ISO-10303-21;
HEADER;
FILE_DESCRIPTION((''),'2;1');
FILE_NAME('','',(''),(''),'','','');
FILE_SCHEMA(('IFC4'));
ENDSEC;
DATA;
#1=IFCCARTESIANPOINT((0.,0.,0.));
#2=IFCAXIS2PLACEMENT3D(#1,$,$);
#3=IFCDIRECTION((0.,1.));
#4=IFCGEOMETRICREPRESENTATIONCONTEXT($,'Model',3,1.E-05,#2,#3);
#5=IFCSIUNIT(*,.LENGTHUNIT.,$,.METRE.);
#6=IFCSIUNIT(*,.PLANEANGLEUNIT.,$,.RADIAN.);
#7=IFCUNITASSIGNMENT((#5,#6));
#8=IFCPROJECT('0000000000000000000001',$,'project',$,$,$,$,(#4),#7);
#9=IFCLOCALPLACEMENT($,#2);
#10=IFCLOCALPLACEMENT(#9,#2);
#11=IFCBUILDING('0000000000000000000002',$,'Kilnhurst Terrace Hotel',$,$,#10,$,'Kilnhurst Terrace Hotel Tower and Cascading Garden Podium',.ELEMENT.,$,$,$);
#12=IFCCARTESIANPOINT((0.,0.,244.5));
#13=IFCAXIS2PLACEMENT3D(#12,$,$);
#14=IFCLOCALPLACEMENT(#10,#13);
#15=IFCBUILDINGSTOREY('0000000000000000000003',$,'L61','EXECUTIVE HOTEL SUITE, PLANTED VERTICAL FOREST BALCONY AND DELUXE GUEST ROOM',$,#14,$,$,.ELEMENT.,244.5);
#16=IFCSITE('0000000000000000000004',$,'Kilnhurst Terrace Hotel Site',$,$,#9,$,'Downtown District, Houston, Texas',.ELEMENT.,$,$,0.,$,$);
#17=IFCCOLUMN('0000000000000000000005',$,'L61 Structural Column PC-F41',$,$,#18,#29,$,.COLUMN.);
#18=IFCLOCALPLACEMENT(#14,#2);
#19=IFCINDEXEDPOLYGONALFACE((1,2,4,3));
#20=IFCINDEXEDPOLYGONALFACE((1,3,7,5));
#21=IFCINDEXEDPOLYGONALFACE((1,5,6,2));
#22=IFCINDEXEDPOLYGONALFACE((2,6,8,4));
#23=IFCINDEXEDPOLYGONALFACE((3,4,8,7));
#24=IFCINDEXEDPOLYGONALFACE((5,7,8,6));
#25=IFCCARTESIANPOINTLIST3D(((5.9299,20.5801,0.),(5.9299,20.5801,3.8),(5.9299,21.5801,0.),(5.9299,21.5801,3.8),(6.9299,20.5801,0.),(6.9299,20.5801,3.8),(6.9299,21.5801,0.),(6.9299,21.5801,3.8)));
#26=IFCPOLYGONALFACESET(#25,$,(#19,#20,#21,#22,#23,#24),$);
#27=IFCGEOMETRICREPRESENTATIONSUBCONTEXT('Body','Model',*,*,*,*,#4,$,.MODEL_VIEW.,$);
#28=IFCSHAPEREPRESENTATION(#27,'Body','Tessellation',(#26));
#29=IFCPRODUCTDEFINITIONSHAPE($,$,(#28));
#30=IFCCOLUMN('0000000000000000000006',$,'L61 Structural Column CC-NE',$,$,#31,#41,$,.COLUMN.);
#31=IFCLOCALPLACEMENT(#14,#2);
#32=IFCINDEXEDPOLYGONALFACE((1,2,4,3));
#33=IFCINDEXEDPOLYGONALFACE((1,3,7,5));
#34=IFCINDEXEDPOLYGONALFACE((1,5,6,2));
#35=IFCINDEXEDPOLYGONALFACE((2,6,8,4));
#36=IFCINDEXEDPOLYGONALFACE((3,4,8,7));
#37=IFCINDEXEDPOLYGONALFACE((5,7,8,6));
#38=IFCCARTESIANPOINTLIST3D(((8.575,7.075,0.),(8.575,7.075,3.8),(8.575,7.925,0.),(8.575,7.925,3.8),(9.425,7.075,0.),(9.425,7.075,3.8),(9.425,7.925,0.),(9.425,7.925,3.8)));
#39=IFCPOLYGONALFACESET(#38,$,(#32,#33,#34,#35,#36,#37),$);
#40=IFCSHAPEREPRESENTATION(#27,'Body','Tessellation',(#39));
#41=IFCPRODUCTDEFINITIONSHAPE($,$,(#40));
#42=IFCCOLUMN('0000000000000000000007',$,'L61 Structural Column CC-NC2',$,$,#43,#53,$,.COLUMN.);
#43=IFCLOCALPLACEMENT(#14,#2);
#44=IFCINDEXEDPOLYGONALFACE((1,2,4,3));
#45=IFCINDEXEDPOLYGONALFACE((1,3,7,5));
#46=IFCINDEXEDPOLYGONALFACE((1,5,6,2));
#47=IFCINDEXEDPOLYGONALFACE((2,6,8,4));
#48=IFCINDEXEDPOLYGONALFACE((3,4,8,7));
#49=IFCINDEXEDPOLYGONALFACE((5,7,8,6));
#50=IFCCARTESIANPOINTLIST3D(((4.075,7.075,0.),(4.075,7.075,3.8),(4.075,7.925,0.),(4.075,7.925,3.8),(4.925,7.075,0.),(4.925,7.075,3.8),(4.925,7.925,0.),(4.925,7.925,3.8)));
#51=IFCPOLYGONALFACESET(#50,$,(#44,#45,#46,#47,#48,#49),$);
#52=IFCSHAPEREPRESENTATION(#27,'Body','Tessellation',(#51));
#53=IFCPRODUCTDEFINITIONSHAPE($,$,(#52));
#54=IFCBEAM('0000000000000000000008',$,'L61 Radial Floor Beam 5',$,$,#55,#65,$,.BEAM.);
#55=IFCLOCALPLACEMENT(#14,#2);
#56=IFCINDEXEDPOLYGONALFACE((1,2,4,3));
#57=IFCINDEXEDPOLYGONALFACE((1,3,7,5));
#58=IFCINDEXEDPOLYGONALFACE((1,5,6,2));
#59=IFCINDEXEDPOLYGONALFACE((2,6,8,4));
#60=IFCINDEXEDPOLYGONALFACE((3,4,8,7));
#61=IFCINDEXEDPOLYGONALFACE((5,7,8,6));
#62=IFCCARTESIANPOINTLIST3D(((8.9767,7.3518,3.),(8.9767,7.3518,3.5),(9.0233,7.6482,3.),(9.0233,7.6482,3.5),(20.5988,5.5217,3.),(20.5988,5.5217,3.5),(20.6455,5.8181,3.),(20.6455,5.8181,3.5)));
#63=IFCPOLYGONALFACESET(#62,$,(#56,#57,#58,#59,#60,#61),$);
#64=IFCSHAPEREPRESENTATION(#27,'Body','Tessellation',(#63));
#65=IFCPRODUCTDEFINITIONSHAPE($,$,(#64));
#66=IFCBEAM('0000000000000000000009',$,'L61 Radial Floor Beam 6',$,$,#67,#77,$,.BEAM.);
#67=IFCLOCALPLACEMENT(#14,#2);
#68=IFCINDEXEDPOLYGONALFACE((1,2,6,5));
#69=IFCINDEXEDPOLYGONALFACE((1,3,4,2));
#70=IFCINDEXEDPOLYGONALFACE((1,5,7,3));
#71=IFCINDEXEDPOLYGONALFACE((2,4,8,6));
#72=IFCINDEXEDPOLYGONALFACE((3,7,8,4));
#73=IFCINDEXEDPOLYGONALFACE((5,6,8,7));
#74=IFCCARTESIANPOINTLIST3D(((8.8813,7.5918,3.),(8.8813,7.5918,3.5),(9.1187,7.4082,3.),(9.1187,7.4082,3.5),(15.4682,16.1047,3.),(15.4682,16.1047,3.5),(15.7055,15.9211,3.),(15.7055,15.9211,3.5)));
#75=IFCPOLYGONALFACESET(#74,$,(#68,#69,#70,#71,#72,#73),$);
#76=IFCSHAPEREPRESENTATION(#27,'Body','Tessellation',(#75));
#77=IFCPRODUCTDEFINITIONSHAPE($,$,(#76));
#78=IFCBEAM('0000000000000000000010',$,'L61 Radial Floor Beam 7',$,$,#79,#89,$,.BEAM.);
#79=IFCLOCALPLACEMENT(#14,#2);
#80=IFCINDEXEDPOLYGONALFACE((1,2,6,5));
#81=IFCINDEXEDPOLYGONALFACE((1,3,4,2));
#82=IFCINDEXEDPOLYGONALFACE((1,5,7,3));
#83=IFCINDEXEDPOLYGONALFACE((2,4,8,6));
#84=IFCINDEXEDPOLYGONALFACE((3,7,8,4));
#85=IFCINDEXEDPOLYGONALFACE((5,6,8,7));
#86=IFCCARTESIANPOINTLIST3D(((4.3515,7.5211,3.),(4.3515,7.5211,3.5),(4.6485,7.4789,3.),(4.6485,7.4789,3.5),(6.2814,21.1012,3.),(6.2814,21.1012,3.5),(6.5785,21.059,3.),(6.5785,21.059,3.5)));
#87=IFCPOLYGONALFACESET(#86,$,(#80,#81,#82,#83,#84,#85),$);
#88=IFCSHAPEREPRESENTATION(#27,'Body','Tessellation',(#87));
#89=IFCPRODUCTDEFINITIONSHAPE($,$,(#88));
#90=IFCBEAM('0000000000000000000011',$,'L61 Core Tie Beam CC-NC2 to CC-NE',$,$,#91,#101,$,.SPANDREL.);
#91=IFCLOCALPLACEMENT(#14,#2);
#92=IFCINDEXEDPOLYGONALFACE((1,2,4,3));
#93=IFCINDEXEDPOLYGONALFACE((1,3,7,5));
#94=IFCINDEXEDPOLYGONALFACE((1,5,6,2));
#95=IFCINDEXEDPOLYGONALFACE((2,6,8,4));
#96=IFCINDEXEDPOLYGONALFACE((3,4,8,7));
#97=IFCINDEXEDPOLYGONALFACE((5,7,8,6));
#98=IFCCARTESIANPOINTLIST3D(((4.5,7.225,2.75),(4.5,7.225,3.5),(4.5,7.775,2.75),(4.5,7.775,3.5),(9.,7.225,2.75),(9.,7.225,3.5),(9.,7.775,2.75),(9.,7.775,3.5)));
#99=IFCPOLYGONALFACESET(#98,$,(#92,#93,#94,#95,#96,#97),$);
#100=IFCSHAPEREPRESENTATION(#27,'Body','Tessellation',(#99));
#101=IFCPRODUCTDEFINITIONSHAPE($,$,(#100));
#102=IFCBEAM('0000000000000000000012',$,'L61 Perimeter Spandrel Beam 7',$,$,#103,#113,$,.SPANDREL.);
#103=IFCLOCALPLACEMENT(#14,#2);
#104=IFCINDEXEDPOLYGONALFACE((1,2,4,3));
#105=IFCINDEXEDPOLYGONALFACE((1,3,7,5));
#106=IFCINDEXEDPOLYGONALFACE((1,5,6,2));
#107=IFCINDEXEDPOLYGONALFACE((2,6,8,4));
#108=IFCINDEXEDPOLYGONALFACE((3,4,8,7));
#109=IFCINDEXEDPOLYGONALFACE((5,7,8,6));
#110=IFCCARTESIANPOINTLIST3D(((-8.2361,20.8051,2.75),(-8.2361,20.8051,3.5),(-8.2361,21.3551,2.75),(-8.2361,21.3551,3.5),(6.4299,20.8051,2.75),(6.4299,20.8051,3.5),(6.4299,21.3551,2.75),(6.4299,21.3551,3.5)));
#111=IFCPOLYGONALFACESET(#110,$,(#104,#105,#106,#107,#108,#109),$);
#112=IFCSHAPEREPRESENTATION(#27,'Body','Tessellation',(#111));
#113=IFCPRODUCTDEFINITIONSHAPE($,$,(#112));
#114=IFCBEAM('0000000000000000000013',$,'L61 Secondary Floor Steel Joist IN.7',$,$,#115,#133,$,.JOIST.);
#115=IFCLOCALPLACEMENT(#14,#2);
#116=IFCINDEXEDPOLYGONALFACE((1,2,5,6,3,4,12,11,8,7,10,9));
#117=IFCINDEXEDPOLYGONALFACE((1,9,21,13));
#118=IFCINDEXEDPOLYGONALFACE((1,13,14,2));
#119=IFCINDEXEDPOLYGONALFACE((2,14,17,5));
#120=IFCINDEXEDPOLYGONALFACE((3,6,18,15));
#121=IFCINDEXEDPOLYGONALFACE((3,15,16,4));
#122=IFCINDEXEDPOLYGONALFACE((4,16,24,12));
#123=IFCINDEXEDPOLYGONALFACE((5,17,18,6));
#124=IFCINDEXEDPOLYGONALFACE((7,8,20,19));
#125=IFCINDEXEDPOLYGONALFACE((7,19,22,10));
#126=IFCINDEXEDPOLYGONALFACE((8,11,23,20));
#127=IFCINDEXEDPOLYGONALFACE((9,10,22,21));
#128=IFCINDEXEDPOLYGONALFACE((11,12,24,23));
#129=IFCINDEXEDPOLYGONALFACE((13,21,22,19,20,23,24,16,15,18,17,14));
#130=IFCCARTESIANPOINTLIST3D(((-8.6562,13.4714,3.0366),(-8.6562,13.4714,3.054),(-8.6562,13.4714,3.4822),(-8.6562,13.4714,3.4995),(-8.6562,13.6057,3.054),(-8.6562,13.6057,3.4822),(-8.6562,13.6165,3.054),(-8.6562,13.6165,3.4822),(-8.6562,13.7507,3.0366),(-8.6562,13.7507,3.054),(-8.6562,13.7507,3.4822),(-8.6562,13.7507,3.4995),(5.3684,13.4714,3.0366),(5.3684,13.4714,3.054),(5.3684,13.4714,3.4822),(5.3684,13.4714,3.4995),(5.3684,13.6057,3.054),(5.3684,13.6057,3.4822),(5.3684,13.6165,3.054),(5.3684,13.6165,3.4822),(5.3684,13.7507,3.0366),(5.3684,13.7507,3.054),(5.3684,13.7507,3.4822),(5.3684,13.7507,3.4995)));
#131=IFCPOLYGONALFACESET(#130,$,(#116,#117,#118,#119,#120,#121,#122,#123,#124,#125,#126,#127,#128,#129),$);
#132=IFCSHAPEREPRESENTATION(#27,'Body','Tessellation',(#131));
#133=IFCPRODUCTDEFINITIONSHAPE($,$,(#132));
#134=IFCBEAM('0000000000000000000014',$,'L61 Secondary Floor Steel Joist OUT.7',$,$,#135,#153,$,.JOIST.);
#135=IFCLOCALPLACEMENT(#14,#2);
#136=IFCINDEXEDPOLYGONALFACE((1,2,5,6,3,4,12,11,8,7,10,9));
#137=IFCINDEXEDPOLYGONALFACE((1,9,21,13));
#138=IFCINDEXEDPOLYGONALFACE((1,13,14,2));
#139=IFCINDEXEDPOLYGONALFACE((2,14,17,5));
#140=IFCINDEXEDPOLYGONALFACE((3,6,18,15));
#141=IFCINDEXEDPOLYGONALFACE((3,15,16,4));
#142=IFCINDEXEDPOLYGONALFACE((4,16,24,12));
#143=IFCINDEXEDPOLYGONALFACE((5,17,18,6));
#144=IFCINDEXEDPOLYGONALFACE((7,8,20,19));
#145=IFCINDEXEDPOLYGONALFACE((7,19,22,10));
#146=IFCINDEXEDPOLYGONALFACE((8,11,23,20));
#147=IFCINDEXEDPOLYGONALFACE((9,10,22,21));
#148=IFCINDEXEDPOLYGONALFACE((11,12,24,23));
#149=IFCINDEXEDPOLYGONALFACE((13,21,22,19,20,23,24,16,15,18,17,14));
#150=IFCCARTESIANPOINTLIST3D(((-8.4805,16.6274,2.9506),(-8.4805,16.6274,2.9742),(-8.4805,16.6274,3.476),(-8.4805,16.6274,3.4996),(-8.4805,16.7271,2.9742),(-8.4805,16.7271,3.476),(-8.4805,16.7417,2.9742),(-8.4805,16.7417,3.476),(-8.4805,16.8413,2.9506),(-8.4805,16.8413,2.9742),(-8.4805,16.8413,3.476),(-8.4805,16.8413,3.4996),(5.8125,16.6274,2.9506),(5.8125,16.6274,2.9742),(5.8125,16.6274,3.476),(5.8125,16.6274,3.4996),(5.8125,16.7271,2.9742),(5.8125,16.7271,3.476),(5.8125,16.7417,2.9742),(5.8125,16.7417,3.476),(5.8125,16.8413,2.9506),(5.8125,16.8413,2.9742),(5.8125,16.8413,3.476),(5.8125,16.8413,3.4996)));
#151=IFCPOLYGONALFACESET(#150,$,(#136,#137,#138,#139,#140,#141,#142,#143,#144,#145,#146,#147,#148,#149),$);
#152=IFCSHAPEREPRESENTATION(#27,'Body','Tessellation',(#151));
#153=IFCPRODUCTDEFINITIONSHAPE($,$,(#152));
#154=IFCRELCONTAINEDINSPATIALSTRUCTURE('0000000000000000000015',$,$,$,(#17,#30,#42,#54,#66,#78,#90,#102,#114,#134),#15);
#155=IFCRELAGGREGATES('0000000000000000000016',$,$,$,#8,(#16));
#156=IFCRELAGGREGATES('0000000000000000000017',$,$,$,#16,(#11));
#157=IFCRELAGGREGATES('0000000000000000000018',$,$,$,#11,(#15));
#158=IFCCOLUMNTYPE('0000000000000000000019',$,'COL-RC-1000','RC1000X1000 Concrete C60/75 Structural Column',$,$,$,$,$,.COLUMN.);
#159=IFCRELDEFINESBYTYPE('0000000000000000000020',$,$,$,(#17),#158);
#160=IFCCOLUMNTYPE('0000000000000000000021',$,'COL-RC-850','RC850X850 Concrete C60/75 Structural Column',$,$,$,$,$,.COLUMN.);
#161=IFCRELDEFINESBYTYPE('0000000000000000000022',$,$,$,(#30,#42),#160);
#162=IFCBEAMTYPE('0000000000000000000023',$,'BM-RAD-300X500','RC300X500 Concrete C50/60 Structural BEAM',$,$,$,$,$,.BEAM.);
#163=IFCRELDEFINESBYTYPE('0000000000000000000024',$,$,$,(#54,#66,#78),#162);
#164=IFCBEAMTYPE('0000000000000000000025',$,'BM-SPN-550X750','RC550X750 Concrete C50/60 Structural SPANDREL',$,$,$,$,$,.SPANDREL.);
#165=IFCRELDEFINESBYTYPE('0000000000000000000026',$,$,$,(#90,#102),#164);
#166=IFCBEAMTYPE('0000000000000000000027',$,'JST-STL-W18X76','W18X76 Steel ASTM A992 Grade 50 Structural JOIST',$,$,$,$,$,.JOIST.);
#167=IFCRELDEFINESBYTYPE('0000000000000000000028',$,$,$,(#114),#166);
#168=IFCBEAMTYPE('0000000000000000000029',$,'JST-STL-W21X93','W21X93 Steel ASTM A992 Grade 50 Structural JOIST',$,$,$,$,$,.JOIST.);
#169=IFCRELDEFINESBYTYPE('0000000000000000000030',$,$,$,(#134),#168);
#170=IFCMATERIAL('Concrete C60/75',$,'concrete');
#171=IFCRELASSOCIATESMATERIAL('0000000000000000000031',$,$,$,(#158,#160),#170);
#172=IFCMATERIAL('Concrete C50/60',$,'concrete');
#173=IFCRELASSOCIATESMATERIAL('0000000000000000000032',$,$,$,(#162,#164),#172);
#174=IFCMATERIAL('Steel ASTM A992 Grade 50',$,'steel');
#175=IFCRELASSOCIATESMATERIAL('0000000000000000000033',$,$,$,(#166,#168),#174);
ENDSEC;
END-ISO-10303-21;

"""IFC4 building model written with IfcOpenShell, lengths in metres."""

from ifc_helpers import new_model, si_unit, direction, frame, origin, origin_2d, place, context, subcontext, project, spatial, rectangle, i_section, extrude, material, material_profile, profile_set, type_object, element, save


model = new_model("IFC4")

# Units and contexts
model_context = context("Model", 3, precision=1e-05, world=origin(), true_north=direction((0.0, 1.0)))
body_context = subcontext(model_context, "Body", "Model", "MODEL_VIEW")
ifc_project = project(units=[si_unit("LENGTHUNIT", "METRE"), si_unit("PLANEANGLEUNIT", "RADIAN")], contexts=[model_context])

# Site, building, storey
site_placement = place(None, origin())
site = spatial("IfcSite", under=ifc_project, at=site_placement, Name="Kilnhurst Terrace Hotel Site", LongName="Downtown District, Houston, Texas", CompositionType="ELEMENT", RefElevation=0.0)
building_placement = place(site_placement, origin())
building = spatial("IfcBuilding", under=site, at=building_placement, Name="Kilnhurst Terrace Hotel", LongName="Kilnhurst Terrace Hotel Tower and Cascading Garden Podium", CompositionType="ELEMENT")
storey_placement = place(building_placement, frame((0.0, 0.0, 244.5)))
storey = spatial("IfcBuildingStorey", under=building, at=storey_placement, Name="L61", Description="EXECUTIVE HOTEL SUITE, PLANTED VERTICAL FOREST BALCONY AND DELUXE GUEST ROOM", CompositionType="ELEMENT", Elevation=244.5)

# Columns
ifc_material_1 = material(Name="Concrete C60/75", Category="concrete")
ifc_material_profile_1 = material_profile(ifc_material_1, rectangle(XDim=1.0, YDim=1.0, at=origin_2d()), Name="RC1000X1000")
ifc_profile_set_1 = profile_set([ifc_material_profile_1], Name="Concrete C60/75")
column_type_1 = type_object("IfcColumnType", Name="COL-RC-1000", Description="RC1000X1000 Concrete C60/75 Structural Column", PredefinedType="COLUMN", material=ifc_profile_set_1)
column_placement = place(storey_placement, frame((6.4299, 21.0801, 0.0), z_axis=(0.0, 0.0, 1.0), x_axis=(1.0, 0.0, 0.0)))
element("IfcColumn", 1, at=column_placement, inside=storey, type_object=column_type_1, Name="L61 Structural Column PC-F41", PredefinedType="COLUMN", context=body_context, shape_type="SweptSolid", body=[
    extrude(rectangle(XDim=1.0, YDim=1.0, at=origin_2d()), origin(), (0.0, 0.0, 1.0), 3.8),
])
ifc_material_profile_2 = material_profile(ifc_material_1, rectangle(XDim=0.8501, YDim=0.8501, at=origin_2d()), Name="RC850X850")
ifc_profile_set_2 = profile_set([ifc_material_profile_2], Name="Concrete C60/75")
column_type_2 = type_object("IfcColumnType", Name="COL-RC-850", Description="RC850X850 Concrete C60/75 Structural Column", PredefinedType="COLUMN", material=ifc_profile_set_2)
for number, where, z_axis, x_axis, name in (
    (2, (9.0, 7.5, 0.0), (0.0, 0.0, 1.0), (1.0, 0.0, 0.0), "L61 Structural Column CC-NE"),
    (3, (4.5, 7.5, 0.0), (0.0, 0.0, 1.0), (1.0, 0.0, 0.0), "L61 Structural Column CC-NC2"),
):
    element("IfcColumn", number, at=place(storey_placement, frame(where, z_axis=z_axis, x_axis=x_axis)), inside=storey, type_object=column_type_2, Name=name, PredefinedType="COLUMN", context=body_context, shape_type="SweptSolid", body=[
        extrude(rectangle(XDim=0.8501, YDim=0.8501, at=origin_2d()), origin(), (0.0, 0.0, 1.0), 3.8),
    ])

# Beams
ifc_material_2 = material(Name="Concrete C50/60", Category="concrete")
ifc_material_profile_3 = material_profile(ifc_material_2, rectangle(XDim=0.3, YDim=0.5, at=origin_2d()), Name="RC300X500")
ifc_profile_set_3 = profile_set([ifc_material_profile_3], Name="Concrete C50/60")
beam_type_1 = type_object("IfcBeamType", Name="BM-RAD-300X500", Description="RC300X500 Concrete C50/60 Structural BEAM", PredefinedType="BEAM", material=ifc_profile_set_3)
beam_1_placement = place(storey_placement, frame((9.0, 7.5, 3.25), z_axis=(0.987828, -0.155549, 0.0), x_axis=(0.155549, 0.987828, 0.0)))
element("IfcBeam", 4, at=beam_1_placement, inside=storey, type_object=beam_type_1, Name="L61 Radial Floor Beam 5", PredefinedType="BEAM", context=body_context, shape_type="SweptSolid", body=[
    extrude(rectangle(XDim=0.3, YDim=0.5, at=origin_2d()), origin(), (0.0, 0.0, 1.0), 11.7654),
])
beam_2_placement = place(storey_placement, frame((9.0, 7.5, 3.25), z_axis=(0.611955, 0.790892, 0.0), x_axis=(-0.790892, 0.611955, 0.0)))
element("IfcBeam", 5, at=beam_2_placement, inside=storey, type_object=beam_type_1, Name="L61 Radial Floor Beam 6", PredefinedType="BEAM", context=body_context, shape_type="SweptSolid", body=[
    extrude(rectangle(XDim=0.3, YDim=0.5, at=origin_2d()), origin(), (0.0, 0.0, 1.0), 10.7637),
])
beam_3_placement = place(storey_placement, frame((4.5, 7.5, 3.25), z_axis=(0.140701, 0.990052, 0.0), x_axis=(-0.990052, 0.140701, 0.0)))
element("IfcBeam", 6, at=beam_3_placement, inside=storey, type_object=beam_type_1, Name="L61 Radial Floor Beam 7", PredefinedType="BEAM", context=body_context, shape_type="SweptSolid", body=[
    extrude(rectangle(XDim=0.3, YDim=0.5, at=origin_2d()), origin(), (0.0, 0.0, 1.0), 13.7166),
])
ifc_material_profile_4 = material_profile(ifc_material_2, rectangle(XDim=0.55, YDim=0.75, at=origin_2d()), Name="RC550X750")
ifc_profile_set_4 = profile_set([ifc_material_profile_4], Name="Concrete C50/60")
beam_type_2 = type_object("IfcBeamType", Name="BM-SPN-550X750", Description="RC550X750 Concrete C50/60 Structural SPANDREL", PredefinedType="SPANDREL", material=ifc_profile_set_4)
beam_4_placement = place(storey_placement, frame((4.5, 7.5, 3.125), z_axis=(1.0, 0.0, 0.0), x_axis=(0.0, 1.0, 0.0)))
element("IfcBeam", 7, at=beam_4_placement, inside=storey, type_object=beam_type_2, Name="L61 Core Tie Beam CC-NC2 to CC-NE", PredefinedType="SPANDREL", context=body_context, shape_type="SweptSolid", body=[
    extrude(rectangle(XDim=0.55, YDim=0.75, at=origin_2d()), origin(), (0.0, 0.0, 1.0), 4.5),
])
beam_5_placement = place(storey_placement, frame((6.4299, 21.0801, 3.125), z_axis=(-1.0, 0.0, 0.0), x_axis=(0.0, -1.0, 0.0)))
element("IfcBeam", 8, at=beam_5_placement, inside=storey, type_object=beam_type_2, Name="L61 Perimeter Spandrel Beam 7", PredefinedType="SPANDREL", context=body_context, shape_type="SweptSolid", body=[
    extrude(rectangle(XDim=0.55, YDim=0.75, at=origin_2d()), origin(), (0.0, 0.0, 1.0), 14.666),
])
ifc_material_3 = material(Name="Steel ASTM A992 Grade 50", Category="steel")
ifc_material_profile_5 = material_profile(ifc_material_3, i_section(OverallWidth=0.2793, OverallDepth=0.4629, WebThickness=0.0107, FlangeThickness=0.0173, at=origin_2d()), Name="W18X76")
ifc_profile_set_5 = profile_set([ifc_material_profile_5], Name="Steel ASTM A992 Grade 50")
beam_type_3 = type_object("IfcBeamType", Name="JST-STL-W18X76", Description="W18X76 Steel ASTM A992 Grade 50 Structural JOIST", PredefinedType="JOIST", material=ifc_profile_set_5)
beam_6_placement = place(storey_placement, frame((5.3684, 13.6111, 3.2681), z_axis=(-1.0, 0.0, 0.0), x_axis=(0.0, -1.0, 0.0)))
element("IfcBeam", 9, at=beam_6_placement, inside=storey, type_object=beam_type_3, Name="L61 Secondary Floor Steel Joist IN.7", PredefinedType="JOIST", context=body_context, shape_type="SweptSolid", body=[
    extrude(i_section(OverallWidth=0.2793, OverallDepth=0.4629, WebThickness=0.0107, FlangeThickness=0.0173, at=origin_2d()), origin(), (0.0, 0.0, 1.0), 14.0247),
])
ifc_material_profile_6 = material_profile(ifc_material_3, i_section(OverallWidth=0.2139, OverallDepth=0.5491, WebThickness=0.0146, FlangeThickness=0.0237, at=origin_2d()), Name="W21X93")
ifc_profile_set_6 = profile_set([ifc_material_profile_6], Name="Steel ASTM A992 Grade 50")
beam_type_4 = type_object("IfcBeamType", Name="JST-STL-W21X93", Description="W21X93 Steel ASTM A992 Grade 50 Structural JOIST", PredefinedType="JOIST", material=ifc_profile_set_6)
beam_7_placement = place(storey_placement, frame((5.8125, 16.7344, 3.2251), z_axis=(-1.0, 0.0, 0.0), x_axis=(0.0, -1.0, 0.0)))
element("IfcBeam", 10, at=beam_7_placement, inside=storey, type_object=beam_type_4, Name="L61 Secondary Floor Steel Joist OUT.7", PredefinedType="JOIST", context=body_context, shape_type="SweptSolid", body=[
    extrude(i_section(OverallWidth=0.2139, OverallDepth=0.5491, WebThickness=0.0146, FlangeThickness=0.0237, at=origin_2d()), origin(), (0.0, 0.0, 1.0), 14.293),
])

save(model, "model.ifc")
